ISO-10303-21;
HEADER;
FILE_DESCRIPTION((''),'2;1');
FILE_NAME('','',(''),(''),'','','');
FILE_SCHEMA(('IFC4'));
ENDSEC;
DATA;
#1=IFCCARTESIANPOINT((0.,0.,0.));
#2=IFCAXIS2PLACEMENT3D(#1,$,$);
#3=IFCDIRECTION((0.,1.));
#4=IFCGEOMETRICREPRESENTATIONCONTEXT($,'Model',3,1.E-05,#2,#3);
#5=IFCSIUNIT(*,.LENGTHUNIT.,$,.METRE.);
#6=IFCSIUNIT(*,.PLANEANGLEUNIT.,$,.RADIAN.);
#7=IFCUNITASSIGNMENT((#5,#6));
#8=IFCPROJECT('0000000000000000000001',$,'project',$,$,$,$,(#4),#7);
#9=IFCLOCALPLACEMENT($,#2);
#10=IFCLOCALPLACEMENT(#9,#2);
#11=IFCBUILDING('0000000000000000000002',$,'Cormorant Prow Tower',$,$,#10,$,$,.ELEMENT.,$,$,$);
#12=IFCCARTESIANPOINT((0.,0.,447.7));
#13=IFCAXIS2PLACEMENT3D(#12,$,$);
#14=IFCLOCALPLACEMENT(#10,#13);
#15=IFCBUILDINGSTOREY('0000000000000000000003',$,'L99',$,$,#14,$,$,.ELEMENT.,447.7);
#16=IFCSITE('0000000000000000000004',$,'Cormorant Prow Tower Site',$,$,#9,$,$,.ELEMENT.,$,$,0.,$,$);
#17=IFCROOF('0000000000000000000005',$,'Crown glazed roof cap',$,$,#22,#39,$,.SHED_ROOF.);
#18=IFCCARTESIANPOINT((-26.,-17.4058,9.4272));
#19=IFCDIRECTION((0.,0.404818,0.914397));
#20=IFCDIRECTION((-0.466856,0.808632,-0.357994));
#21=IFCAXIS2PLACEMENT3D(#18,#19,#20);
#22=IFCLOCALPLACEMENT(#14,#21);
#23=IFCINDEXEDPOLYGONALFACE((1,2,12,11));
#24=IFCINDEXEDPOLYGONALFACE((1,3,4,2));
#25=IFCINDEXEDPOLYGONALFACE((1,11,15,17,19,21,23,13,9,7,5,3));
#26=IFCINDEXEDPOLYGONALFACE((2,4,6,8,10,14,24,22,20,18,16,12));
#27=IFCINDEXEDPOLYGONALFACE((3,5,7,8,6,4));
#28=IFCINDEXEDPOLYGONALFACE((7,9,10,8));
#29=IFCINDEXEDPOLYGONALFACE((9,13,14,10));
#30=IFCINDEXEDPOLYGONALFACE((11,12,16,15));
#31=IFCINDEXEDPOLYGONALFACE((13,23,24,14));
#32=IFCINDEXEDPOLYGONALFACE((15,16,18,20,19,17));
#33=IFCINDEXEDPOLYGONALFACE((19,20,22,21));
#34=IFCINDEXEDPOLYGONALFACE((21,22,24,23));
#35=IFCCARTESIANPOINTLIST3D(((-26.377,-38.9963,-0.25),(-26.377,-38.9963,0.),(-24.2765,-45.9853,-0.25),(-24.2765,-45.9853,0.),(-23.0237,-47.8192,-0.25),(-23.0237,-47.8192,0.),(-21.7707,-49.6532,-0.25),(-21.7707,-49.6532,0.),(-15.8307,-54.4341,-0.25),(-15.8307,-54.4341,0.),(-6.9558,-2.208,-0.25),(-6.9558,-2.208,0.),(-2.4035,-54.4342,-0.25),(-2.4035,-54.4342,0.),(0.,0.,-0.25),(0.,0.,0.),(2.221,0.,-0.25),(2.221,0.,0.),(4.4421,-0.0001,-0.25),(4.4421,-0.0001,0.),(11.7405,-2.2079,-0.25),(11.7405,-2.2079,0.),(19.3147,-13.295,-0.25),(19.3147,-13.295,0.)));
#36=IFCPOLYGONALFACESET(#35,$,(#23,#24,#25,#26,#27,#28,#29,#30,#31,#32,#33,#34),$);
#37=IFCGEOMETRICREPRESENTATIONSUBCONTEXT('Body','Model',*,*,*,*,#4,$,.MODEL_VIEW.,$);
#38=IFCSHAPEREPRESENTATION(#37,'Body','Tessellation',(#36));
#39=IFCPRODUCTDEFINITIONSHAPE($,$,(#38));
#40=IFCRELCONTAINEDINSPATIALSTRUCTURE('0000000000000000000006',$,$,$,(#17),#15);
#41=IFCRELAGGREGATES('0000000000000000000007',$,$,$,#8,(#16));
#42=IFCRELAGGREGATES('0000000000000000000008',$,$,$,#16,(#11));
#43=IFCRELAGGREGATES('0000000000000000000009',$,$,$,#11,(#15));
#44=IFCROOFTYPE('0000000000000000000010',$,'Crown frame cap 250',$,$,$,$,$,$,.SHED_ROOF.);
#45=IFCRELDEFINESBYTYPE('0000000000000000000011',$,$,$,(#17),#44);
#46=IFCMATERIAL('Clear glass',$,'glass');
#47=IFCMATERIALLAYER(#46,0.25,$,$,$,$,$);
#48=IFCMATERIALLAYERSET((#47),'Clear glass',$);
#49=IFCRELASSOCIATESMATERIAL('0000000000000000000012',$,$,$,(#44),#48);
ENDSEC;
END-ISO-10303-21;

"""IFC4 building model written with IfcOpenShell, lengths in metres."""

from ifc_helpers import new_model, si_unit, direction, frame, origin, place, context, subcontext, project, spatial, polyline, outline, extrude, material, layer, layer_set, type_object, element, save


model = new_model("IFC4")

# Units and contexts
model_context = context("Model", 3, precision=1e-05, world=origin(), true_north=direction((0.0, 1.0)))
body_context = subcontext(model_context, "Body", "Model", "MODEL_VIEW")
ifc_project = project(units=[si_unit("LENGTHUNIT", "METRE"), si_unit("PLANEANGLEUNIT", "RADIAN")], contexts=[model_context])

# Site, building, storey
site_placement = place(None, origin())
site = spatial("IfcSite", under=ifc_project, at=site_placement, Name="Cormorant Prow Tower Site", CompositionType="ELEMENT", RefElevation=0.0)
building_placement = place(site_placement, origin())
building = spatial("IfcBuilding", under=site, at=building_placement, Name="Cormorant Prow Tower", CompositionType="ELEMENT")
storey_placement = place(building_placement, frame((0.0, 0.0, 447.7)))
storey = spatial("IfcBuildingStorey", under=building, at=storey_placement, Name="L99", CompositionType="ELEMENT", Elevation=447.7)

# Roof
ifc_material_1 = material(Name="Clear glass", Category="glass")
ifc_layer_1 = layer(ifc_material_1, 0.25)
ifc_layer_set_1 = layer_set([ifc_layer_1], Name="Clear glass")
roof_type = type_object("IfcRoofType", Name="Crown frame cap 250", PredefinedType="SHED_ROOF", material=ifc_layer_set_1)
roof_placement = place(storey_placement, frame((-26.0, -17.4058, 9.4272), z_axis=(0.0, 0.404818, 0.914397), x_axis=(-0.466856, 0.808632, -0.357994)))
element("IfcRoof", 1, at=roof_placement, inside=storey, type_object=roof_type, Name="Crown glazed roof cap", PredefinedType="SHED_ROOF", context=body_context, shape_type="SweptSolid", body=[
    extrude(outline(polyline([(0.0, 0.0), (2.221, 0.0), (4.4421, -0.0001), (11.7405, -2.2079), (19.3147, -13.295), (-2.4035, -54.4342), (-15.8307, -54.4341), (-21.7707, -49.6532), (-23.0237, -47.8192), (-24.2765, -45.9853), (-26.377, -38.9963), (-6.9558, -2.208), (0.0, 0.0)])), origin(), (0.0, 0.0, -1.0), 0.25),
])

save(model, "model.ifc")
